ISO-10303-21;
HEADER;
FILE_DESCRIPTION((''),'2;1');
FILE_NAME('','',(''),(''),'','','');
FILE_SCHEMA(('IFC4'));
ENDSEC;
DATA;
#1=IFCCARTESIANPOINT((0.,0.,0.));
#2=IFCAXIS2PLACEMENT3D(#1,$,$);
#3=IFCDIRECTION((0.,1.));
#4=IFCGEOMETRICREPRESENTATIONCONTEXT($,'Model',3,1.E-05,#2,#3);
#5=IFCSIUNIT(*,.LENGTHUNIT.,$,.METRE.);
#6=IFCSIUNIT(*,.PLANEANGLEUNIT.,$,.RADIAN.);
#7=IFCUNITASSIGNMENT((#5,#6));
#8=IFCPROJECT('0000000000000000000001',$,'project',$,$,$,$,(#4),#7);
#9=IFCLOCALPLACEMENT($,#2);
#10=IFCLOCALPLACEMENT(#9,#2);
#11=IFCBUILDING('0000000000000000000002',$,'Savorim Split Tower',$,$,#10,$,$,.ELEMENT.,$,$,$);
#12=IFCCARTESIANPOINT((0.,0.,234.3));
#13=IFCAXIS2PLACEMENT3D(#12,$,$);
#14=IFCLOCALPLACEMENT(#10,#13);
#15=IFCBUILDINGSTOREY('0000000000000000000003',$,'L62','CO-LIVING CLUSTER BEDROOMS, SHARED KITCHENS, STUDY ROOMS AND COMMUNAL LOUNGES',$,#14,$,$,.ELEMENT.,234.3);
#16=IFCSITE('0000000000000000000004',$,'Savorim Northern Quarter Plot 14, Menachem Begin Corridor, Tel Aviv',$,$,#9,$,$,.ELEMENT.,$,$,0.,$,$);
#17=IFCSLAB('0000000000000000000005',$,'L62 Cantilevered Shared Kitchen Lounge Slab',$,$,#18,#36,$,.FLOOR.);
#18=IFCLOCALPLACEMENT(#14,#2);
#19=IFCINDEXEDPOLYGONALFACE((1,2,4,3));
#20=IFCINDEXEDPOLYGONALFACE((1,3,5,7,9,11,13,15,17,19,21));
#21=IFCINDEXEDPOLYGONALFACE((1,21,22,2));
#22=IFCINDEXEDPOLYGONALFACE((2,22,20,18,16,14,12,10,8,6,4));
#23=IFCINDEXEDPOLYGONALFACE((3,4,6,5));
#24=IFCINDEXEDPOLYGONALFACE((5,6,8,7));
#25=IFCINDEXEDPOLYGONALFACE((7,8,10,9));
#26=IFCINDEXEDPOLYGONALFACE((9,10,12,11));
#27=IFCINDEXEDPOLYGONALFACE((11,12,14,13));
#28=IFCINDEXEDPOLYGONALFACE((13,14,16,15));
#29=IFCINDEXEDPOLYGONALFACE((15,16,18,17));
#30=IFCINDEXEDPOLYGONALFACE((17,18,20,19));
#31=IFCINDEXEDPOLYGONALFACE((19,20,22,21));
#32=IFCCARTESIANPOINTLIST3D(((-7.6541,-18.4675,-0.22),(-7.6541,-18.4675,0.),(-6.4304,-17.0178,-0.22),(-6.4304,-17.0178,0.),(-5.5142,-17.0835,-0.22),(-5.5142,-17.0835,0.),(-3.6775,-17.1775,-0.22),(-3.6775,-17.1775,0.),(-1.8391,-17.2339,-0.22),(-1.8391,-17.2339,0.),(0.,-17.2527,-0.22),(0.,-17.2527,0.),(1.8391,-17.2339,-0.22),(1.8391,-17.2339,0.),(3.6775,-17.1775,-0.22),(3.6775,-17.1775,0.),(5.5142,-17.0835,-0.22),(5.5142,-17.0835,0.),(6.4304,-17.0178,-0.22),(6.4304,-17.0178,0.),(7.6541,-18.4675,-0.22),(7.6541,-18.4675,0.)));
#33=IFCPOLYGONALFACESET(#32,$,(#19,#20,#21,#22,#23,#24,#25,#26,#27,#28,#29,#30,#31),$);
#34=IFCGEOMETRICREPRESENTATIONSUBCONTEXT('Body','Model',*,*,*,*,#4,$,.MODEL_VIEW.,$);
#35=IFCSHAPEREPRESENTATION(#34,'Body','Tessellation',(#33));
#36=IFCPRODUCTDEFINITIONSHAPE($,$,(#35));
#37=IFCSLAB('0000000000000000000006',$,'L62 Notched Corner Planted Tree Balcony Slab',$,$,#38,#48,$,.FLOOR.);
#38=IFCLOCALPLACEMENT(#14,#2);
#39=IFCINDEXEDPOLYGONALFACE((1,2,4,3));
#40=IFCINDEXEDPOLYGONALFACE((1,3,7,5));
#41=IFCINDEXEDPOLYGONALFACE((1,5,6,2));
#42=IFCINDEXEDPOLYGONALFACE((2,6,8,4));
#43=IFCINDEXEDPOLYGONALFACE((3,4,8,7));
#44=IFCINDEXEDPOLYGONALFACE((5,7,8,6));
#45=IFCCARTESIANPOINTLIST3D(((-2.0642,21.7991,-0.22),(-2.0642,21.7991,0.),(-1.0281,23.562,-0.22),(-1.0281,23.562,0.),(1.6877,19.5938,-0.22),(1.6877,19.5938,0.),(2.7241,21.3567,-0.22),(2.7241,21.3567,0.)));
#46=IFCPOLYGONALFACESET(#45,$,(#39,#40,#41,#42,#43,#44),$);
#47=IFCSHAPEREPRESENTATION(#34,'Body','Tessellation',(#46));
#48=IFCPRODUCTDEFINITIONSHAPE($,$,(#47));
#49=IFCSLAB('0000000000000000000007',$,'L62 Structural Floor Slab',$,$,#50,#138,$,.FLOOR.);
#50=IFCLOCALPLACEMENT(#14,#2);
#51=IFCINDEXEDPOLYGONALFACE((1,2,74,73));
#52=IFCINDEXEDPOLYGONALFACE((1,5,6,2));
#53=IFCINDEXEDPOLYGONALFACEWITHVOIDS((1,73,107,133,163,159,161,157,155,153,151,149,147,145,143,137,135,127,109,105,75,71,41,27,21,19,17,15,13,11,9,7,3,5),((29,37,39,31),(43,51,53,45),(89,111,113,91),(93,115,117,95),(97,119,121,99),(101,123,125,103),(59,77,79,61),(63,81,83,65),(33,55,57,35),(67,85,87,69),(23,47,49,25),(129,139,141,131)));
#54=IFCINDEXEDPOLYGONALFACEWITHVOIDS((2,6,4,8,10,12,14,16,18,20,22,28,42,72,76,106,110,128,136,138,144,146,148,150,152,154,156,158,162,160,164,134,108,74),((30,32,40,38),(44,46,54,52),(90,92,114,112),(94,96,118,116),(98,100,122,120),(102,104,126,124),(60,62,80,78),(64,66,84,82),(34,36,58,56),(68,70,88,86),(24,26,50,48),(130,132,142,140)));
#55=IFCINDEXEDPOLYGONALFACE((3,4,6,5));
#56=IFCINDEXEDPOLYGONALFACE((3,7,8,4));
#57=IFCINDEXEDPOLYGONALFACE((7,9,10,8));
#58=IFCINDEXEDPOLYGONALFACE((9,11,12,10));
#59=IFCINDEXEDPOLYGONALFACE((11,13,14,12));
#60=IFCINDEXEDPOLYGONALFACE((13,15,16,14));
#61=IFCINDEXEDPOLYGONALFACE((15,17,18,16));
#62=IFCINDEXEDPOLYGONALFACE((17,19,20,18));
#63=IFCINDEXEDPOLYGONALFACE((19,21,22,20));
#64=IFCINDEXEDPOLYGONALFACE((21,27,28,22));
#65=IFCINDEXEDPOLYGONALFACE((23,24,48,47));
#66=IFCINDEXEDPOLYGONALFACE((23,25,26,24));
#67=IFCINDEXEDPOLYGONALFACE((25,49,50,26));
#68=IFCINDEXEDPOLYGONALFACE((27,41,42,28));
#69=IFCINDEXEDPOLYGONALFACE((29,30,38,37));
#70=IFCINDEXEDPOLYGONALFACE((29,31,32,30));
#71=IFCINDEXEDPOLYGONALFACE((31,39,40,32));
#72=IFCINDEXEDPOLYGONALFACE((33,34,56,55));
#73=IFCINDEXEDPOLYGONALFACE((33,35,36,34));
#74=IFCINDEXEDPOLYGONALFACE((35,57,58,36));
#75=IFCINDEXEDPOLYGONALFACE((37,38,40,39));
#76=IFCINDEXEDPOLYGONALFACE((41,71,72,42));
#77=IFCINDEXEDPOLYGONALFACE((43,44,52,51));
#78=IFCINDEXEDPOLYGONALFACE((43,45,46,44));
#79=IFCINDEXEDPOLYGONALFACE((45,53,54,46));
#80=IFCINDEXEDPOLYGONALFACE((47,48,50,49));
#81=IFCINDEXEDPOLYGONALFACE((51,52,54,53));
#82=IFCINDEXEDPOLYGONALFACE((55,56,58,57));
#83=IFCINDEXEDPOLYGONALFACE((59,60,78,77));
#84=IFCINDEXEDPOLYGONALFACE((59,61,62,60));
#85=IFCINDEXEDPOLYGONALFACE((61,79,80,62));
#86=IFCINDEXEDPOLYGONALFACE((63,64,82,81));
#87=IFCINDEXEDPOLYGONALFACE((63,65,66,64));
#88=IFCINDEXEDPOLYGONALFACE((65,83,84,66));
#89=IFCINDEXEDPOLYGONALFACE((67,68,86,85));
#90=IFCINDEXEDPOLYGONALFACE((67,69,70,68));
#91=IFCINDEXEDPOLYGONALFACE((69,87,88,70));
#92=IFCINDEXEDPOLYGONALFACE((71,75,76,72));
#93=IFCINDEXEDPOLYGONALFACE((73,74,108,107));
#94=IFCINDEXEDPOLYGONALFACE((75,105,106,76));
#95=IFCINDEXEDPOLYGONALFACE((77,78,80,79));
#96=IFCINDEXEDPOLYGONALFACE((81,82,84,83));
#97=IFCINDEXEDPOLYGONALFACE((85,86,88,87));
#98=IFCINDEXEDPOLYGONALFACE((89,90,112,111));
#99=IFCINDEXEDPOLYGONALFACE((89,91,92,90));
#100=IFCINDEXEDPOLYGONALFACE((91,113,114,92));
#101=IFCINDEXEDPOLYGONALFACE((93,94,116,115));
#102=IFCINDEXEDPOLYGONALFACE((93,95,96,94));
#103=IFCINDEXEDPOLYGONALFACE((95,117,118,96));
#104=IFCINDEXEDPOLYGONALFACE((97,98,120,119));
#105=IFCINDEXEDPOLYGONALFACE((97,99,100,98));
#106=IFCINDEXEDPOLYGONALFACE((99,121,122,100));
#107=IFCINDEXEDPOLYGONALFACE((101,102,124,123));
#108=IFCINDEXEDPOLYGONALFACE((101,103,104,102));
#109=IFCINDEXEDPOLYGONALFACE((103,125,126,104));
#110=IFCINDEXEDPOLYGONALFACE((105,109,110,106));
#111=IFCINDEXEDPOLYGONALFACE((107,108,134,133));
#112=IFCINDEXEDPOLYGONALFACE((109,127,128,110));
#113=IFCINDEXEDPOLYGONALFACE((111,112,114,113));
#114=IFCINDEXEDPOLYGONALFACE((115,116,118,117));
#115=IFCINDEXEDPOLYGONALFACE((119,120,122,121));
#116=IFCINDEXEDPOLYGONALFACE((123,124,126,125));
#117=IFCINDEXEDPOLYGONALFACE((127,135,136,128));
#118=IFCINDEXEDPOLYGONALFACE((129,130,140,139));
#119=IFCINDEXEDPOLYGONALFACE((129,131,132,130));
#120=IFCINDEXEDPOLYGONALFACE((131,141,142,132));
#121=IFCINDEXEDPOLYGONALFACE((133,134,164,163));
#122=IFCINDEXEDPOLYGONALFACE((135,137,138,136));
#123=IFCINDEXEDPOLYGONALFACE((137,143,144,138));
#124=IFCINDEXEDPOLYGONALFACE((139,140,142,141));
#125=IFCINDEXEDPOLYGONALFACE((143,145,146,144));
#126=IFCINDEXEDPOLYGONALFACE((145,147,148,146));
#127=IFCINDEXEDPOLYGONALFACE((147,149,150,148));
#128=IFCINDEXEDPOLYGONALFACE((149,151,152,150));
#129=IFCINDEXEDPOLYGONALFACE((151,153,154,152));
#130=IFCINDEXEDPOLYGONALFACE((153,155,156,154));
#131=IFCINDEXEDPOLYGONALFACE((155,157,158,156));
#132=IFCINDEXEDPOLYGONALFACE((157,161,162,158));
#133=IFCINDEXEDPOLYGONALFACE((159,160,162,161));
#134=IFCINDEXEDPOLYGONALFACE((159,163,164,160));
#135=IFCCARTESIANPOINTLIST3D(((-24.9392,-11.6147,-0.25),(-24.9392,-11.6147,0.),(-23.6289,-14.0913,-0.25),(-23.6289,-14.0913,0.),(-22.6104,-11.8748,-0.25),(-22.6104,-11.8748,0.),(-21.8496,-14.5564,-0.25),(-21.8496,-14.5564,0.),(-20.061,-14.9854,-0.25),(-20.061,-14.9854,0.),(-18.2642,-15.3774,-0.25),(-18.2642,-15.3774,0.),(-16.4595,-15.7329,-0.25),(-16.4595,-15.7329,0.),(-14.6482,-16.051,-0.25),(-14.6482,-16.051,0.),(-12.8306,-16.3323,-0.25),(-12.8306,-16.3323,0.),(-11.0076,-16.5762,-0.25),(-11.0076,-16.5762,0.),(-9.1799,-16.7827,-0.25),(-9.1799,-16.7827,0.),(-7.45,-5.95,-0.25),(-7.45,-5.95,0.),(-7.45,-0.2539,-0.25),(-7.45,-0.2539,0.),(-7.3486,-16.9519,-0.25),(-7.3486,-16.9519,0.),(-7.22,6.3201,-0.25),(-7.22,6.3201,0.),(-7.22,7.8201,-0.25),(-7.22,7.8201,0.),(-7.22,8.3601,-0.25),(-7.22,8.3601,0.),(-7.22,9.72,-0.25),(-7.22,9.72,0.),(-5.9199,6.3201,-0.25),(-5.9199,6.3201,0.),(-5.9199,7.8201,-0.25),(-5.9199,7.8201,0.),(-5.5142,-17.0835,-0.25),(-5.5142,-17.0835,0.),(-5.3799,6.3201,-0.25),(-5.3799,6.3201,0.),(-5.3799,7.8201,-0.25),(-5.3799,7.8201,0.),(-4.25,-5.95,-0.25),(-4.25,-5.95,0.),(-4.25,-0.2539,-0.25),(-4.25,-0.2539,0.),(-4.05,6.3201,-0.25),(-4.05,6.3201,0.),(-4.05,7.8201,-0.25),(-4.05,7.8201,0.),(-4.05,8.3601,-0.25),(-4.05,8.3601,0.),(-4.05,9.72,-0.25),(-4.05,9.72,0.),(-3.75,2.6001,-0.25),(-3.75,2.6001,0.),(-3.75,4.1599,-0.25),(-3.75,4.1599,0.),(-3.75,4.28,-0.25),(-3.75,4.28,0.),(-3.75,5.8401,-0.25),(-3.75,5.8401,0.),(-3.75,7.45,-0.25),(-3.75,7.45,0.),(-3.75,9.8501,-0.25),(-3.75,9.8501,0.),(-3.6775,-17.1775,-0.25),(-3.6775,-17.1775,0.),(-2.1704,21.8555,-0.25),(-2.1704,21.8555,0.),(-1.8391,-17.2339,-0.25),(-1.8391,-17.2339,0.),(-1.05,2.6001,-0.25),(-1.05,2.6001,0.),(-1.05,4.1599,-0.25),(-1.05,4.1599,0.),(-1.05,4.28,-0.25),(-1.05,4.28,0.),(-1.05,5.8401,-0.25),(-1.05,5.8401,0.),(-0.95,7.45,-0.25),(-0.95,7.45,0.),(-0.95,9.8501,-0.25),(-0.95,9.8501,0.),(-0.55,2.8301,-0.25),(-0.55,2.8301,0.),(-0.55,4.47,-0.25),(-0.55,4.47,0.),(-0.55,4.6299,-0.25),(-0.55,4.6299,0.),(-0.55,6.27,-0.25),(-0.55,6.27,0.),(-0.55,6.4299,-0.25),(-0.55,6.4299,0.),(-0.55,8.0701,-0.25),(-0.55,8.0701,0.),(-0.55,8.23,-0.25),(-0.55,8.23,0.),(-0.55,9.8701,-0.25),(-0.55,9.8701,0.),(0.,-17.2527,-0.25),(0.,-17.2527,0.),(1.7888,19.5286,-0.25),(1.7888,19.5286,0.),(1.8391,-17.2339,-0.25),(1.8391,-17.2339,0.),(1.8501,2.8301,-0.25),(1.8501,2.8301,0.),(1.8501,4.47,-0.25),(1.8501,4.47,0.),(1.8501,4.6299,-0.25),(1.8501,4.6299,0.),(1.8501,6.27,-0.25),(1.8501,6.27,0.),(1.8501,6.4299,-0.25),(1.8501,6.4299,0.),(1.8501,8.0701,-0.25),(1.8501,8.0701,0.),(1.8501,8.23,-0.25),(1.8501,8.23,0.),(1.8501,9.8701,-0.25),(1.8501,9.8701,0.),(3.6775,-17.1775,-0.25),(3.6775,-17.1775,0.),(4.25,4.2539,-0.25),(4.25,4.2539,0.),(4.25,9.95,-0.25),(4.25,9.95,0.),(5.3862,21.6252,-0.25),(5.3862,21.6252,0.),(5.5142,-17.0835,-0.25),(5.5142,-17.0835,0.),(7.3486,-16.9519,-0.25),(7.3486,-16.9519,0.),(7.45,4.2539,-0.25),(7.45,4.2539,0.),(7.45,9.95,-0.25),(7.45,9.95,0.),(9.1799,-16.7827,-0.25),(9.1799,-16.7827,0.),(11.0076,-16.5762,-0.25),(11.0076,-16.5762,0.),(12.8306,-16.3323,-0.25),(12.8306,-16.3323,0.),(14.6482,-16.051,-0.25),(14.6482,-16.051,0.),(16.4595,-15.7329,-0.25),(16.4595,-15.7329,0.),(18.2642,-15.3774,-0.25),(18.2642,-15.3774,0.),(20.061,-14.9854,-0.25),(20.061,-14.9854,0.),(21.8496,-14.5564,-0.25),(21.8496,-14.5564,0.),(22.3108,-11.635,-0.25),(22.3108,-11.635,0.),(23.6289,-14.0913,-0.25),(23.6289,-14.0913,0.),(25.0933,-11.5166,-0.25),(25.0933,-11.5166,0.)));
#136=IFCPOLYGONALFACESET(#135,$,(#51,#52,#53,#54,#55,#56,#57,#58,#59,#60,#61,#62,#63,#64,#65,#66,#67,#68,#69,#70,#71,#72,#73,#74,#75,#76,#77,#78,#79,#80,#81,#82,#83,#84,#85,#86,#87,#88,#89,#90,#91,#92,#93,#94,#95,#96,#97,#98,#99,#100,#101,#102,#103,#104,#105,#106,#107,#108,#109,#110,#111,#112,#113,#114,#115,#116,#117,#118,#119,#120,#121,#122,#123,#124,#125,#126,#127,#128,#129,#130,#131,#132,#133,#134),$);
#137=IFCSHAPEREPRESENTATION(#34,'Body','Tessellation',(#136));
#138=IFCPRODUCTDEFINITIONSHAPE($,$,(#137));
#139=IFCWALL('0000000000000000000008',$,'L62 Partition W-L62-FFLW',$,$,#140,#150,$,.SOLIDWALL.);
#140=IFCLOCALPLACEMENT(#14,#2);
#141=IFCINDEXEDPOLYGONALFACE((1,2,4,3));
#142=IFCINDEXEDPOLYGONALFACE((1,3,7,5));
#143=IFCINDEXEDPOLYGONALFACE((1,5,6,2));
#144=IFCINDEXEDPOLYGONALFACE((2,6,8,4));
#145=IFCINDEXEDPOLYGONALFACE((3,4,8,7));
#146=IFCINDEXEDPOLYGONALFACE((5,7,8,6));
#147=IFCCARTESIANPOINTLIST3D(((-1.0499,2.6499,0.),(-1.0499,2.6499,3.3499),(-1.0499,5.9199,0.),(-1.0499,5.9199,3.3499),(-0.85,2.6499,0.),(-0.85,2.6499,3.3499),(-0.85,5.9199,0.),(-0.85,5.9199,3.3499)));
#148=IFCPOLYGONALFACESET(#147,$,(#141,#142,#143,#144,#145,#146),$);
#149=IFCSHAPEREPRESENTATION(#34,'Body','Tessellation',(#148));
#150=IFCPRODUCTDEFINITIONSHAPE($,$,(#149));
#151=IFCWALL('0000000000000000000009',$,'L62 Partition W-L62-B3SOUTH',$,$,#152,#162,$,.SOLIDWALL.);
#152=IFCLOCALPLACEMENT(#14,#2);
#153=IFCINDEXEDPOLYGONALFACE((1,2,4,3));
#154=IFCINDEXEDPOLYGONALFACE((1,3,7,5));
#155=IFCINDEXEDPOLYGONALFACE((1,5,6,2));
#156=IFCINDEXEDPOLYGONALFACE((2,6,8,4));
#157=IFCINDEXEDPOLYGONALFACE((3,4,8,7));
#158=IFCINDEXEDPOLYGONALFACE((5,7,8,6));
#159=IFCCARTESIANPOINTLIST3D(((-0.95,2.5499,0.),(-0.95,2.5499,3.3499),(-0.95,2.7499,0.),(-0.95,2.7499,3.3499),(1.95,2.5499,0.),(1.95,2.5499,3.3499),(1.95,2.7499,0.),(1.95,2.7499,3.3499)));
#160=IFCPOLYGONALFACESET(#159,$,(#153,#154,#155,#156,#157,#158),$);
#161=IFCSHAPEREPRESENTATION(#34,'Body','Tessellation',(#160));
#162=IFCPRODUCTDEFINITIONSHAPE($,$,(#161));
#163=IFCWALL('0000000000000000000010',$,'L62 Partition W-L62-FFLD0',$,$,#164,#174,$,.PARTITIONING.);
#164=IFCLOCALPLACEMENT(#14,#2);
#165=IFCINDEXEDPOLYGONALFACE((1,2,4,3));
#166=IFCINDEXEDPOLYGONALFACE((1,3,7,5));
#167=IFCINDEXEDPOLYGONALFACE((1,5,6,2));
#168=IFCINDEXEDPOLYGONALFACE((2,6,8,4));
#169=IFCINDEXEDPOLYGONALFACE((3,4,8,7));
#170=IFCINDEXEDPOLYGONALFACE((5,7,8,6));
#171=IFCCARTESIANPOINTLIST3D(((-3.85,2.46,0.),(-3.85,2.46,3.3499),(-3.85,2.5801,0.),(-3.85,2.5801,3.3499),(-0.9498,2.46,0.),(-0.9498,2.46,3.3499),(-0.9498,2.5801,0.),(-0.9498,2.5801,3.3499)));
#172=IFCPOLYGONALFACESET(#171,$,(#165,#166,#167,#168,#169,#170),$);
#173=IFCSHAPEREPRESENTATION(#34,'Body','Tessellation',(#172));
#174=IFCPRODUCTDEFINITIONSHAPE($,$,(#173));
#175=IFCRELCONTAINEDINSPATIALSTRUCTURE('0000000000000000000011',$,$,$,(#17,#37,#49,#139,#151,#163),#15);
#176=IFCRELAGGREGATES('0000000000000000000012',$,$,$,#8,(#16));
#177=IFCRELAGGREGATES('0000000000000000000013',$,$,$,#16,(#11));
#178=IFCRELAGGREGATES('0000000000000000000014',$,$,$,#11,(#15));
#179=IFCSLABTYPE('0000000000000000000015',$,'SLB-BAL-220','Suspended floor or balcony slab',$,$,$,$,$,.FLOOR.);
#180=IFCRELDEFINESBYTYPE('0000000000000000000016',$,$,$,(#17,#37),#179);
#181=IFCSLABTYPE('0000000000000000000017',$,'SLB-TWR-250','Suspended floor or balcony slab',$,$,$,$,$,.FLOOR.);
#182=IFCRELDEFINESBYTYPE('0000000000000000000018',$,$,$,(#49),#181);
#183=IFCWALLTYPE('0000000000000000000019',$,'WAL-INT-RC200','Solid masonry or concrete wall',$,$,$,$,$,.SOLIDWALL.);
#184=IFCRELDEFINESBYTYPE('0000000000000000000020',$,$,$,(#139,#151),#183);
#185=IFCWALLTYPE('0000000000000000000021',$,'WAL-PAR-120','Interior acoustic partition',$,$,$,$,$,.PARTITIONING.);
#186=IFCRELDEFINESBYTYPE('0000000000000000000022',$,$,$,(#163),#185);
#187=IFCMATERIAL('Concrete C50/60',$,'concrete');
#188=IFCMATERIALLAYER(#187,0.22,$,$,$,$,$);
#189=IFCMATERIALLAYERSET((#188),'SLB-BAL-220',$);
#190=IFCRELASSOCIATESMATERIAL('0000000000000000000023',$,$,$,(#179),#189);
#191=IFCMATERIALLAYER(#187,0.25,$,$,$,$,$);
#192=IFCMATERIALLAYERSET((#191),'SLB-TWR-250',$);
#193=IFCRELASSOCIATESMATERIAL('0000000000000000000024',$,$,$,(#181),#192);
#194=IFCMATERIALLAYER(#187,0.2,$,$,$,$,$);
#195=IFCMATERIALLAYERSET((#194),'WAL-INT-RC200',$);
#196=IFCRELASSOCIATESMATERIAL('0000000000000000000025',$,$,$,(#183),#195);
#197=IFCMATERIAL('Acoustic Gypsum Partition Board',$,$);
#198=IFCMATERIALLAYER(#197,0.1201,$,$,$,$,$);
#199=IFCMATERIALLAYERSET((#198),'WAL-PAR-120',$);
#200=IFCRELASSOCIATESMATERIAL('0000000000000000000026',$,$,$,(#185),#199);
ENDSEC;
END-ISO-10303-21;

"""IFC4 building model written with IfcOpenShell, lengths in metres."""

from ifc_helpers import new_model, si_unit, direction, frame, frame_2d, origin, place, context, subcontext, project, spatial, polyline, rectangle, outline, extrude, material, layer, layer_set, type_object, element, save


model = new_model("IFC4")

# Units and contexts
model_context = context("Model", 3, precision=1e-05, world=origin(), true_north=direction((0.0, 1.0)))
body_context = subcontext(model_context, "Body", "Model", "MODEL_VIEW")
ifc_project = project(units=[si_unit("LENGTHUNIT", "METRE"), si_unit("PLANEANGLEUNIT", "RADIAN")], contexts=[model_context])

# Site, building, storey
site_placement = place(None, origin())
site = spatial("IfcSite", under=ifc_project, at=site_placement, Name="Savorim Northern Quarter Plot 14, Menachem Begin Corridor, Tel Aviv", CompositionType="ELEMENT", RefElevation=0.0)
building_placement = place(site_placement, origin())
building = spatial("IfcBuilding", under=site, at=building_placement, Name="Savorim Split Tower", CompositionType="ELEMENT")
storey_placement = place(building_placement, frame((0.0, 0.0, 234.3)))
storey = spatial("IfcBuildingStorey", under=building, at=storey_placement, Name="L62", Description="CO-LIVING CLUSTER BEDROOMS, SHARED KITCHENS, STUDY ROOMS AND COMMUNAL LOUNGES", CompositionType="ELEMENT", Elevation=234.3)

# Slabs
ifc_material_1 = material(Name="Concrete C50/60", Category="concrete")
ifc_layer_1 = layer(ifc_material_1, 0.22)
ifc_layer_set_1 = layer_set([ifc_layer_1], Name="SLB-BAL-220")
slab_type_1 = type_object("IfcSlabType", Name="SLB-BAL-220", Description="Suspended floor or balcony slab", PredefinedType="FLOOR", material=ifc_layer_set_1)
slab_1_placement = place(storey_placement, frame((0.0, 0.0, -0.22)))
element("IfcSlab", 1, at=slab_1_placement, inside=storey, type_object=slab_type_1, Name="L62 Cantilevered Shared Kitchen Lounge Slab", PredefinedType="FLOOR", context=body_context, shape_type="SweptSolid", body=[
    extrude(outline(polyline([(6.4304, -17.0178), (5.5142, -17.0835), (3.6775, -17.1775), (1.8391, -17.2339), (0.0, -17.2527), (-1.8391, -17.2339), (-3.6775, -17.1775), (-5.5142, -17.0835), (-6.4304, -17.0178), (-7.6541, -18.4675), (7.6541, -18.4675), (6.4304, -17.0178)])), origin(), (0.0, 0.0, 1.0), 0.22),
])
slab_2_placement = place(storey_placement, frame((0.0, 0.0, -0.22)))
element("IfcSlab", 2, at=slab_2_placement, inside=storey, type_object=slab_type_1, Name="L62 Notched Corner Planted Tree Balcony Slab", PredefinedType="FLOOR", context=body_context, shape_type="SweptSolid", body=[
    extrude(outline(polyline([(-2.0642, 21.7991), (1.6877, 19.5938), (2.7241, 21.3567), (-1.0281, 23.562), (-2.0642, 21.7991)])), origin(), (0.0, 0.0, 1.0), 0.22),
])
ifc_layer_2 = layer(ifc_material_1, 0.25)
ifc_layer_set_2 = layer_set([ifc_layer_2], Name="SLB-TWR-250")
slab_type_2 = type_object("IfcSlabType", Name="SLB-TWR-250", Description="Suspended floor or balcony slab", PredefinedType="FLOOR", material=ifc_layer_set_2)
slab_3_placement = place(storey_placement, frame((0.0, 0.0, -0.25)))
element("IfcSlab", 3, at=slab_3_placement, inside=storey, type_object=slab_type_2, Name="L62 Structural Floor Slab", PredefinedType="FLOOR", context=body_context, shape_type="SweptSolid", body=[
    extrude(outline(polyline([(-23.6289, -14.0913), (-21.8496, -14.5564), (-20.061, -14.9854), (-18.2642, -15.3774), (-16.4595, -15.7329), (-14.6482, -16.051), (-12.8306, -16.3323), (-11.0076, -16.5762), (-9.1799, -16.7827), (-7.3486, -16.9519), (-5.5142, -17.0835), (-3.6775, -17.1775), (-1.8391, -17.2339), (0.0, -17.2527), (1.8391, -17.2339), (3.6775, -17.1775), (5.5142, -17.0835), (7.3486, -16.9519), (9.1799, -16.7827), (11.0076, -16.5762), (12.8306, -16.3323), (14.6482, -16.051), (16.4595, -15.7329), (18.2642, -15.3774), (20.061, -14.9854), (21.8496, -14.5564), (23.6289, -14.0913), (22.3108, -11.635), (25.0933, -11.5166), (5.3862, 21.6252), (1.7888, 19.5286), (-2.1704, 21.8555), (-24.9392, -11.6147), (-22.6104, -11.8748), (-23.6289, -14.0913)]), holes=[polyline([(-7.45, -0.2539), (-7.45, -5.95), (-4.25, -5.95), (-4.25, -0.2539), (-7.45, -0.2539)]), polyline([(7.45, 4.2539), (7.45, 9.95), (4.25, 9.95), (4.25, 4.2539), (7.45, 4.2539)]), polyline([(-0.55, 2.8301), (1.8501, 2.8301), (1.8501, 4.47), (-0.55, 4.47), (-0.55, 2.8301)]), polyline([(-0.55, 4.6299), (1.8501, 4.6299), (1.8501, 6.27), (-0.55, 6.27), (-0.55, 4.6299)]), polyline([(-0.55, 6.4299), (1.8501, 6.4299), (1.8501, 8.0701), (-0.55, 8.0701), (-0.55, 6.4299)]), polyline([(-0.55, 8.23), (1.8501, 8.23), (1.8501, 9.8701), (-0.55, 9.8701), (-0.55, 8.23)]), polyline([(-3.75, 2.6001), (-1.05, 2.6001), (-1.05, 4.1599), (-3.75, 4.1599), (-3.75, 2.6001)]), polyline([(-3.75, 4.28), (-1.05, 4.28), (-1.05, 5.8401), (-3.75, 5.8401), (-3.75, 4.28)]), polyline([(-3.75, 7.45), (-0.95, 7.45), (-0.95, 9.8501), (-3.75, 9.8501), (-3.75, 7.45)]), polyline([(-7.22, 6.3201), (-5.9199, 6.3201), (-5.9199, 7.8201), (-7.22, 7.8201), (-7.22, 6.3201)]), polyline([(-5.3799, 6.3201), (-4.05, 6.3201), (-4.05, 7.8201), (-5.3799, 7.8201), (-5.3799, 6.3201)]), polyline([(-7.22, 8.3601), (-4.05, 8.3601), (-4.05, 9.72), (-7.22, 9.72), (-7.22, 8.3601)])]), origin(), (0.0, 0.0, 1.0), 0.25),
])

# Shared definitions
ifc_layer_3 = layer(ifc_material_1, 0.2)
ifc_layer_set_3 = layer_set([ifc_layer_3], Name="WAL-INT-RC200")
wall_type_1 = type_object("IfcWallType", Name="WAL-INT-RC200", Description="Solid masonry or concrete wall", PredefinedType="SOLIDWALL", material=ifc_layer_set_3)

# Walls
wall_1_placement = place(storey_placement, frame((-0.95, 2.6499, 0.0), z_axis=(0.0, 0.0, 1.0), x_axis=(0.0, 1.0, 0.0)))
element("IfcWall", 4, at=wall_1_placement, inside=storey, type_object=wall_type_1, Name="L62 Partition W-L62-FFLW", PredefinedType="SOLIDWALL", context=body_context, shape_type="SweptSolid", body=[
    extrude(rectangle(XDim=3.27, YDim=0.2, at=frame_2d((1.635, 0.0))), origin(), (0.0, 0.0, 1.0), 3.3499),
])
wall_2_placement = place(storey_placement, frame((-0.95, 2.6499, 0.0), z_axis=(0.0, 0.0, 1.0), x_axis=(1.0, 0.0, 0.0)))
element("IfcWall", 5, at=wall_2_placement, inside=storey, type_object=wall_type_1, Name="L62 Partition W-L62-B3SOUTH", PredefinedType="SOLIDWALL", context=body_context, shape_type="SweptSolid", body=[
    extrude(rectangle(XDim=2.8999, YDim=0.2, at=frame_2d((1.45, 0.0))), origin(), (0.0, 0.0, 1.0), 3.3499),
])
ifc_material_2 = material(Name="Acoustic Gypsum Partition Board")
ifc_layer_4 = layer(ifc_material_2, 0.1201)
ifc_layer_set_4 = layer_set([ifc_layer_4], Name="WAL-PAR-120")
wall_type_2 = type_object("IfcWallType", Name="WAL-PAR-120", Description="Interior acoustic partition", PredefinedType="PARTITIONING", material=ifc_layer_set_4)
wall_3_placement = place(storey_placement, frame((-3.8501, 2.52, 0.0), z_axis=(0.0, 0.0, 1.0), x_axis=(1.0, 0.0, 0.0)))
element("IfcWall", 6, at=wall_3_placement, inside=storey, type_object=wall_type_2, Name="L62 Partition W-L62-FFLD0", PredefinedType="PARTITIONING", context=body_context, shape_type="SweptSolid", body=[
    extrude(rectangle(XDim=2.9001, YDim=0.1201, at=frame_2d((1.4502, 0.0))), origin(), (0.0, 0.0, 1.0), 3.3499),
])

save(model, "model.ifc")
